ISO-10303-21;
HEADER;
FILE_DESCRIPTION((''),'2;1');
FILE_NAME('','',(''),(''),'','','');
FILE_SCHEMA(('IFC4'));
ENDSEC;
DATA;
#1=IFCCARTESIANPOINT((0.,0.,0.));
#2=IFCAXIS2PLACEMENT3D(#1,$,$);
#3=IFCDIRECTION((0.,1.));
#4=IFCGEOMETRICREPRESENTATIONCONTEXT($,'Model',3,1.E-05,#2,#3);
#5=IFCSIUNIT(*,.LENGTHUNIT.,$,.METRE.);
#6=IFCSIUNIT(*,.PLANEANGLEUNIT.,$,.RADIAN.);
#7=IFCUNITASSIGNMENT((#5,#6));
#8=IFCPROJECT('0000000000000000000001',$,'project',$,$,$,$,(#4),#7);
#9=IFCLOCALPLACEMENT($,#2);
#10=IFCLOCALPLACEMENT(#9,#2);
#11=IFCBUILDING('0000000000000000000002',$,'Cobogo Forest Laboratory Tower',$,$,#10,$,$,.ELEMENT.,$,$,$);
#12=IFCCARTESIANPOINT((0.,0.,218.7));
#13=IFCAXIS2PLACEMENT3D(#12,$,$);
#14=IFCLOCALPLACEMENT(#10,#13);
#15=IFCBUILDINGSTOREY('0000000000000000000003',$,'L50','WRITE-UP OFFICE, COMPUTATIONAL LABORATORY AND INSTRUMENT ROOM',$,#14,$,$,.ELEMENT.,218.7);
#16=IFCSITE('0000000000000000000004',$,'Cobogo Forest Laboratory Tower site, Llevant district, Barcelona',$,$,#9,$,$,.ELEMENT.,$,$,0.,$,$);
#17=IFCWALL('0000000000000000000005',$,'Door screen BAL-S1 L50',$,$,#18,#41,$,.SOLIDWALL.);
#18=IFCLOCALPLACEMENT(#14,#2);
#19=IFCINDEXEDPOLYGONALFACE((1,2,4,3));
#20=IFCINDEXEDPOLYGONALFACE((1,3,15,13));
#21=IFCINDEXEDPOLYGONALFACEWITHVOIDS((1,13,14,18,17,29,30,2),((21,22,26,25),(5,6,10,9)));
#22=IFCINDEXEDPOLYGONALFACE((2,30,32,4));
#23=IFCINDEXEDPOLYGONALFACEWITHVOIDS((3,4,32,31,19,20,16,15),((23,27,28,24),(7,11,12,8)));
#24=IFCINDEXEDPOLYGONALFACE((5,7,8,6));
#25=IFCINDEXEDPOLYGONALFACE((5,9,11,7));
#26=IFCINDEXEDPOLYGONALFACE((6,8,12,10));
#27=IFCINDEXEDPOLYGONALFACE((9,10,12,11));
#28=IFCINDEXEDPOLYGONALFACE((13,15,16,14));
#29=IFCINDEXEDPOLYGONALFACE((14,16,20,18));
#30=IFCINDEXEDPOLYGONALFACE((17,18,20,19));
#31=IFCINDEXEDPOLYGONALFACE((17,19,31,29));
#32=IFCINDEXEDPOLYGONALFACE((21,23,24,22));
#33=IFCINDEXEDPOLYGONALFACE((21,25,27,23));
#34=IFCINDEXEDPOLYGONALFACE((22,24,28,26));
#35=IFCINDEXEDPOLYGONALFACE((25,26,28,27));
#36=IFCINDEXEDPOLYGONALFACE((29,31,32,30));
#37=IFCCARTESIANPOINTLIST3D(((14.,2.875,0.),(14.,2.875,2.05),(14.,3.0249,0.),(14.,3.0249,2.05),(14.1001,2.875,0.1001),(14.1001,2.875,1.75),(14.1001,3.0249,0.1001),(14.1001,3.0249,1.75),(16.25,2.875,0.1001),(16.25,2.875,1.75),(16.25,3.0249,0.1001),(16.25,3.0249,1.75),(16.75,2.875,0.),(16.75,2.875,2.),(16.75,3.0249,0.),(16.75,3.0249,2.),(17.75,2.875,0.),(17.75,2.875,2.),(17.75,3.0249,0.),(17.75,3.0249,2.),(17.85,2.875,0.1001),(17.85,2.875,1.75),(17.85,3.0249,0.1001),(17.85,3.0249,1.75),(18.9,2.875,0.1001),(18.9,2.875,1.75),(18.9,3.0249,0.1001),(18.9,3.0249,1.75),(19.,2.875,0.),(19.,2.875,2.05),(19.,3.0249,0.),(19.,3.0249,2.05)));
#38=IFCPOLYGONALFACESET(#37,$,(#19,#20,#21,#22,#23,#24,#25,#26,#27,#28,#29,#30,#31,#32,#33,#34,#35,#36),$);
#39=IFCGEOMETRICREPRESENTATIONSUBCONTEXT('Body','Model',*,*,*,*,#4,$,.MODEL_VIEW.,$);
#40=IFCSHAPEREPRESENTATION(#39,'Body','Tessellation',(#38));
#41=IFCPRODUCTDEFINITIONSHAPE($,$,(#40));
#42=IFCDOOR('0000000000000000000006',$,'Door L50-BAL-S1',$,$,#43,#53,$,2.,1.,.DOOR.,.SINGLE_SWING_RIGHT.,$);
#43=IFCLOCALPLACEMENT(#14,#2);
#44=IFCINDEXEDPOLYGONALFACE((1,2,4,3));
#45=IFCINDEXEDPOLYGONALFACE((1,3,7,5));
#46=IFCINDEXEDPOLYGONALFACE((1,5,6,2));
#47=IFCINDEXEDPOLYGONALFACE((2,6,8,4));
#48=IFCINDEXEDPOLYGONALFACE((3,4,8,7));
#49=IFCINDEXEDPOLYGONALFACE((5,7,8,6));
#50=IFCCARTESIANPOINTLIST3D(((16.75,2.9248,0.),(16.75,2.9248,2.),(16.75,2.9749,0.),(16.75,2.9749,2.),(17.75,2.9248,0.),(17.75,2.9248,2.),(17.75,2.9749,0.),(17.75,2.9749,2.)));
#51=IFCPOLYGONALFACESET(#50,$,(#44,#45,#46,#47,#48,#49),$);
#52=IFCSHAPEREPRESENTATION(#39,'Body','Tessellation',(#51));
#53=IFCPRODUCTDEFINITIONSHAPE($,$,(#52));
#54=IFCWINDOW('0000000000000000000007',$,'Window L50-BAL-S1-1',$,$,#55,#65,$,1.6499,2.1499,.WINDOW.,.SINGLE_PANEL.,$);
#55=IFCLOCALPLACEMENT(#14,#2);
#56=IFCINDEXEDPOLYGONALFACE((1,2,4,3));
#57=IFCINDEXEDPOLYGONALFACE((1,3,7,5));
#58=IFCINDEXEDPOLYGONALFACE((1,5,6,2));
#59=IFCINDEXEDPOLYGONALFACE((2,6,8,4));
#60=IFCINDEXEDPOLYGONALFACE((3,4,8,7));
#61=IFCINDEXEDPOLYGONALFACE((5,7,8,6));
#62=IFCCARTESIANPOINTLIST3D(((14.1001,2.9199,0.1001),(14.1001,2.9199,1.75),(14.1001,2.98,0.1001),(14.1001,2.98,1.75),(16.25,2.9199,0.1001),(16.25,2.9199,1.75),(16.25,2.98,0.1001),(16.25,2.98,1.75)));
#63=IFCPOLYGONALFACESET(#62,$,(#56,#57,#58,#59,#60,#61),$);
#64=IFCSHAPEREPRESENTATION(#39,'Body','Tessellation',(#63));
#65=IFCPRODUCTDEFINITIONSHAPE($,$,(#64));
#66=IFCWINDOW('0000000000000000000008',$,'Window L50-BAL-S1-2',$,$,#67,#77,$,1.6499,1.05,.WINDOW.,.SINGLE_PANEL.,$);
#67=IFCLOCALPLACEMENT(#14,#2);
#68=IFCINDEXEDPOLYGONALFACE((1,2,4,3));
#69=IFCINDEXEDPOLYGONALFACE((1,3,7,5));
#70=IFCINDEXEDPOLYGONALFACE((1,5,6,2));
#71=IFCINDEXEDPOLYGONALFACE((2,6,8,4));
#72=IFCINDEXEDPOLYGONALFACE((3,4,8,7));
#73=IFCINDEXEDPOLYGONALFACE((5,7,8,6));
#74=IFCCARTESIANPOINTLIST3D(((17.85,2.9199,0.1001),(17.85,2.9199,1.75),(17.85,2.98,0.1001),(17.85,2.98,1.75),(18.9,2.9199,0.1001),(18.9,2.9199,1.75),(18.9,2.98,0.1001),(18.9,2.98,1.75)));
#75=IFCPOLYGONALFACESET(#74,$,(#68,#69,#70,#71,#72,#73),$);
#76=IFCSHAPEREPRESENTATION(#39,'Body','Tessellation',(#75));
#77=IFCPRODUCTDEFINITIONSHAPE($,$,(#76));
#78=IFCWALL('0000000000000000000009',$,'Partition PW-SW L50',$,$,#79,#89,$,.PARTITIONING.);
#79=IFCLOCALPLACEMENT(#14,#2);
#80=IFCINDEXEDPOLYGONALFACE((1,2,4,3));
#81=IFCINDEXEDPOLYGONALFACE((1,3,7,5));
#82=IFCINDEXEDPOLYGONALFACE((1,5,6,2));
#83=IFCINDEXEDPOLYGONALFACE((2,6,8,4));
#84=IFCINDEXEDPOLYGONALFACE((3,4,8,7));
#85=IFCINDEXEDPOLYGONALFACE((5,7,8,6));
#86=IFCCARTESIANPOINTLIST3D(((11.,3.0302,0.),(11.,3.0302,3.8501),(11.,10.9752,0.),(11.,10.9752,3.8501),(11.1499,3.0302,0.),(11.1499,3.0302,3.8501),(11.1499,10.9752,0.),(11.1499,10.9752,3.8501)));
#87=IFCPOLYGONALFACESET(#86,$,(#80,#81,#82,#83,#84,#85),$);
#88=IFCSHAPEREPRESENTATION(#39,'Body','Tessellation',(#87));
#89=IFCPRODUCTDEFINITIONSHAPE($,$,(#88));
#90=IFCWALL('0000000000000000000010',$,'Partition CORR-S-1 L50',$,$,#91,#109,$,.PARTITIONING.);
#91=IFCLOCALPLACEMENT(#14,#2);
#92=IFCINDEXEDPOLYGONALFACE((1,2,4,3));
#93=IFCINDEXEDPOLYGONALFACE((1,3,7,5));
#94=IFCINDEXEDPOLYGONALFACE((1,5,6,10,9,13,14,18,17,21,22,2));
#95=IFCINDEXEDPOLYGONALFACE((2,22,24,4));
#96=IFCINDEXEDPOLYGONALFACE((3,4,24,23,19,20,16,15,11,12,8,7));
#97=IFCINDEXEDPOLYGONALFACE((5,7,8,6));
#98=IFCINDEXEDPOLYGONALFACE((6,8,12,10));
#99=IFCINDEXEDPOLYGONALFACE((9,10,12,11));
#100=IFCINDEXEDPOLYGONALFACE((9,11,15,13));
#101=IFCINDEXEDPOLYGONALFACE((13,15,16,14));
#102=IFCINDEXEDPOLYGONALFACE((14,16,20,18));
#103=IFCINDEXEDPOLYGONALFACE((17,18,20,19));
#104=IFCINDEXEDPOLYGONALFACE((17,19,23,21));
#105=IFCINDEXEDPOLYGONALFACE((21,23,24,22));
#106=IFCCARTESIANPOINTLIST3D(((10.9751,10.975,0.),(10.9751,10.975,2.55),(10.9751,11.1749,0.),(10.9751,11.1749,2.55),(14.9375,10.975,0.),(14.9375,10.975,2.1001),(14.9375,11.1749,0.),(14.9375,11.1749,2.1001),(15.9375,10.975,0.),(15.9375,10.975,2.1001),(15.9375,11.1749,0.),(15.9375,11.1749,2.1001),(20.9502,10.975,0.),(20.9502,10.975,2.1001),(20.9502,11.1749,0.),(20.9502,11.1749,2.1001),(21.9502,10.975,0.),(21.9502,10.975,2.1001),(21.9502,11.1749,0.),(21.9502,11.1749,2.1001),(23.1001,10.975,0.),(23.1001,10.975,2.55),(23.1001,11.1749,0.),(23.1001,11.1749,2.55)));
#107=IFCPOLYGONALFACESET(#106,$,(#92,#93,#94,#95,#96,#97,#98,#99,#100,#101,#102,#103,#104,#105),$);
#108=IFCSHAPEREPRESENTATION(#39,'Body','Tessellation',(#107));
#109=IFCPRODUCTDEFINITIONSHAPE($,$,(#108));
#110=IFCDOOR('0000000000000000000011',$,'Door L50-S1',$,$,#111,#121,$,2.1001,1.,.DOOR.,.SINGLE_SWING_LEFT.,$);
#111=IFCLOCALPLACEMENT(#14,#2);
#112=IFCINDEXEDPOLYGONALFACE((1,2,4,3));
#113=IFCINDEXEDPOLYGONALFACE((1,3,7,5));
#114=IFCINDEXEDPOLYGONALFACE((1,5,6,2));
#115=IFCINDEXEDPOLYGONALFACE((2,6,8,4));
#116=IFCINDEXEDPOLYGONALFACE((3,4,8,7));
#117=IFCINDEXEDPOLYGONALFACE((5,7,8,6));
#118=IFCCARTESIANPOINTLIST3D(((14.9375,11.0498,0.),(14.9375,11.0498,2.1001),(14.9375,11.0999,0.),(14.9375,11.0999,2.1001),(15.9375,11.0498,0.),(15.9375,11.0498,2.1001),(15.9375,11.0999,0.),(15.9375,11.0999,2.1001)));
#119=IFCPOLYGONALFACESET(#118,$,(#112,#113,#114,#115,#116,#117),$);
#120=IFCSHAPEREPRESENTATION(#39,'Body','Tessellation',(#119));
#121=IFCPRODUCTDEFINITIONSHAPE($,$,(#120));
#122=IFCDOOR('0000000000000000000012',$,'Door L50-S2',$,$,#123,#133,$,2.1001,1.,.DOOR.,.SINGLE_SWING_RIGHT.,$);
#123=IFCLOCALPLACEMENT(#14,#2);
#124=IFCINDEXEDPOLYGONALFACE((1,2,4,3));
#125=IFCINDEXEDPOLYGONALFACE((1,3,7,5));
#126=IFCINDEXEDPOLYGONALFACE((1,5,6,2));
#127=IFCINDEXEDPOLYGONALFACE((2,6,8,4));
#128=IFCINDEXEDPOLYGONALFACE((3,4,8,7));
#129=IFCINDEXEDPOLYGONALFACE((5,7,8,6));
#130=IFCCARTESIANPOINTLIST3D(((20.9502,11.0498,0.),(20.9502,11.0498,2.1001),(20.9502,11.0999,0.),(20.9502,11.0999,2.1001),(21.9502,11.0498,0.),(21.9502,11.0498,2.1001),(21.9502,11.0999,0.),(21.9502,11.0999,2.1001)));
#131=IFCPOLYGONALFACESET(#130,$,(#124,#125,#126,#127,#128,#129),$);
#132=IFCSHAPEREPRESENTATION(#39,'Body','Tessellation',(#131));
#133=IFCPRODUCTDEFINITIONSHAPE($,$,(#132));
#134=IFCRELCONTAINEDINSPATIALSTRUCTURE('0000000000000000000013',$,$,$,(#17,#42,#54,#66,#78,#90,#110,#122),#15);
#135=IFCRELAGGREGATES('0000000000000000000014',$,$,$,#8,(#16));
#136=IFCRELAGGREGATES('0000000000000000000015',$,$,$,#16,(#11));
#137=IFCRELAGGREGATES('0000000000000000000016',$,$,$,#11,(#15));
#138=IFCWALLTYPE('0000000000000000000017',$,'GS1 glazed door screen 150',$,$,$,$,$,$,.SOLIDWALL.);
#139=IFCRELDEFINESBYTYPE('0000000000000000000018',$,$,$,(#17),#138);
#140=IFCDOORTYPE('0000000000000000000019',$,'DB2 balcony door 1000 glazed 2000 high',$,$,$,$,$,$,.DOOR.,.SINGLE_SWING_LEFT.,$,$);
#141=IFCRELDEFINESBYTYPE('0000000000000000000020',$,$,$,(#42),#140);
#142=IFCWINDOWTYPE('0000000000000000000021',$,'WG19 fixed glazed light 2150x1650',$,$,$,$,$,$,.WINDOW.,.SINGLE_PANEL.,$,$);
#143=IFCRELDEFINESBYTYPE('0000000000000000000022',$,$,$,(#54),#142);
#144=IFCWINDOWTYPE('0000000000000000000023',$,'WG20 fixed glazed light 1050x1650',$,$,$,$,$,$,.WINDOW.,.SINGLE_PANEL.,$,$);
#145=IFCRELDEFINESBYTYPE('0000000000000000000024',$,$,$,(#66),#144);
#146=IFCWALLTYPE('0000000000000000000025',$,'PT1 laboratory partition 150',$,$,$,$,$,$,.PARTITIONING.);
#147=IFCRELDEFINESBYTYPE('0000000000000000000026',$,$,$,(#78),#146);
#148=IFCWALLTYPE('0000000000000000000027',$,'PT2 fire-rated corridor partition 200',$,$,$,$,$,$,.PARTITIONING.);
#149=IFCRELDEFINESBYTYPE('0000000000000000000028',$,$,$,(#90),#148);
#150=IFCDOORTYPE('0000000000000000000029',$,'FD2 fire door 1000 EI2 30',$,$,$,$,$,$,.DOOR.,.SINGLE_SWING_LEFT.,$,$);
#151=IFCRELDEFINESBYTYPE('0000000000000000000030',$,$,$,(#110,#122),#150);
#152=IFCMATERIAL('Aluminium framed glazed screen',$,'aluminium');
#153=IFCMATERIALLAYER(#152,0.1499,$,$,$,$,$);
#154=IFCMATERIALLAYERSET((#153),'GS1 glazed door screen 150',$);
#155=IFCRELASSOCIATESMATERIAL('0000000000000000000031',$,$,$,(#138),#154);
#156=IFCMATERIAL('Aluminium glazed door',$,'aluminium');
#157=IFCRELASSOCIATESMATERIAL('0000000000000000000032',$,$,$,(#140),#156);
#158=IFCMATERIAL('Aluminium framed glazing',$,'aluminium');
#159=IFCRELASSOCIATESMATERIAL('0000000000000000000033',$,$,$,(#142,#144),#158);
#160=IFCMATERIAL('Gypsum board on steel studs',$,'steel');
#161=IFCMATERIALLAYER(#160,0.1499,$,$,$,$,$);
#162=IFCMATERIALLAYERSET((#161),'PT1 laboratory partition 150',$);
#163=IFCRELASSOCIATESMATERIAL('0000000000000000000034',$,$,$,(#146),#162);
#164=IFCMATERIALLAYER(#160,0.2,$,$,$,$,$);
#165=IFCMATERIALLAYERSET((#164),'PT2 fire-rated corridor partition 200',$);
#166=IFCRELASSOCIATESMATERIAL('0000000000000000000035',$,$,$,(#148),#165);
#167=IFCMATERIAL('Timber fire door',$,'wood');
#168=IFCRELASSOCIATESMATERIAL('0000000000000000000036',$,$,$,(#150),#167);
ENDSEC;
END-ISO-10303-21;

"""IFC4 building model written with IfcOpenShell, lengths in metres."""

from ifc_helpers import new_model, si_unit, direction, frame, frame_2d, origin, place, context, subcontext, project, spatial, rectangle, extrude, material, layer, layer_set, type_object, element, fill, save


model = new_model("IFC4")

# Units and contexts
model_context = context("Model", 3, precision=1e-05, world=origin(), true_north=direction((0.0, 1.0)))
body_context = subcontext(model_context, "Body", "Model", "MODEL_VIEW")
ifc_project = project(units=[si_unit("LENGTHUNIT", "METRE"), si_unit("PLANEANGLEUNIT", "RADIAN")], contexts=[model_context])

# Site, building, storey
site_placement = place(None, origin())
site = spatial("IfcSite", under=ifc_project, at=site_placement, Name="Cobogo Forest Laboratory Tower site, Llevant district, Barcelona", CompositionType="ELEMENT", RefElevation=0.0)
building_placement = place(site_placement, origin())
building = spatial("IfcBuilding", under=site, at=building_placement, Name="Cobogo Forest Laboratory Tower", CompositionType="ELEMENT")
storey_placement = place(building_placement, frame((0.0, 0.0, 218.7)))
storey = spatial("IfcBuildingStorey", under=building, at=storey_placement, Name="L50", Description="WRITE-UP OFFICE, COMPUTATIONAL LABORATORY AND INSTRUMENT ROOM", CompositionType="ELEMENT", Elevation=218.7)

# Wall, openings, door, windows
ifc_material_1 = material(Name="Aluminium framed glazed screen", Category="aluminium")
ifc_layer_1 = layer(ifc_material_1, 0.1499)
ifc_layer_set_1 = layer_set([ifc_layer_1], Name="GS1 glazed door screen 150")
wall_type_1 = type_object("IfcWallType", Name="GS1 glazed door screen 150", PredefinedType="SOLIDWALL", material=ifc_layer_set_1)
wall_1_placement = place(storey_placement, frame((14.0, 2.95, 0.0), z_axis=(0.0, 0.0, 1.0), x_axis=(1.0, 0.0, 0.0)))
wall_1 = element("IfcWall", 1, at=wall_1_placement, inside=storey, type_object=wall_type_1, Name="Door screen BAL-S1 L50", PredefinedType="SOLIDWALL", context=body_context, shape_type="SweptSolid", body=[
    extrude(rectangle(XDim=5.0, YDim=0.1499, at=frame_2d((2.5, 0.0))), origin(), (0.0, 0.0, 1.0), 2.05),
])
opening_1_placement = place(wall_1_placement, frame((2.75, 0.0, 0.0)))
opening_1 = element("IfcOpeningElement", 2, at=opening_1_placement, cuts=wall_1, PredefinedType="OPENING", context=body_context, shape_type="SweptSolid", body=[
    extrude(rectangle(XDim=1.0, YDim=2.0, at=frame_2d((0.5, 1.0))), frame((0.0, 0.085, 0.0), z_axis=(0.0, -1.0, 0.0), x_axis=(1.0, 0.0, 0.0)), (0.0, 0.0, 1.0), 0.1699),
])
opening_2_placement = place(wall_1_placement, frame((0.1001, 0.0, 0.1001)))
opening_2 = element("IfcOpeningElement", 3, at=opening_2_placement, cuts=wall_1, PredefinedType="OPENING", context=body_context, shape_type="SweptSolid", body=[
    extrude(rectangle(XDim=2.1499, YDim=1.6499, at=frame_2d((1.075, 0.825))), frame((0.0, 0.085, 0.0), z_axis=(0.0, -1.0, 0.0), x_axis=(1.0, 0.0, 0.0)), (0.0, 0.0, 1.0), 0.1699),
])
opening_3_placement = place(wall_1_placement, frame((3.8501, 0.0, 0.1001)))
opening_3 = element("IfcOpeningElement", 4, at=opening_3_placement, cuts=wall_1, PredefinedType="OPENING", context=body_context, shape_type="SweptSolid", body=[
    extrude(rectangle(XDim=1.05, YDim=1.6499, at=frame_2d((0.5249, 0.825))), frame((0.0, 0.085, 0.0), z_axis=(0.0, -1.0, 0.0), x_axis=(1.0, 0.0, 0.0)), (0.0, 0.0, 1.0), 0.1699),
])
ifc_material_2 = material(Name="Aluminium glazed door", Category="aluminium")
door_type_1 = type_object("IfcDoorType", Name="DB2 balcony door 1000 glazed 2000 high", OperationType="SINGLE_SWING_LEFT", PredefinedType="DOOR", material=ifc_material_2)
door_1_placement = place(opening_1_placement, origin())
door_1 = element("IfcDoor", 5, at=door_1_placement, inside=storey, type_object=door_type_1, Name="Door L50-BAL-S1", OperationType="SINGLE_SWING_RIGHT", OverallHeight=2.0, OverallWidth=1.0, PredefinedType="DOOR", context=body_context, shape_type="SweptSolid", body=[
    extrude(rectangle(XDim=1.0, YDim=2.0, at=frame_2d((0.5, 1.0))), frame((0.0, 0.0249, 0.0), z_axis=(0.0, -1.0, 0.0), x_axis=(1.0, 0.0, 0.0)), (0.0, 0.0, 1.0), 0.05),
])
fill(opening_1, door_1)
ifc_material_3 = material(Name="Aluminium framed glazing", Category="aluminium")
window_type_1 = type_object("IfcWindowType", Name="WG19 fixed glazed light 2150x1650", PartitioningType="SINGLE_PANEL", PredefinedType="WINDOW", material=ifc_material_3)
window_1_placement = place(opening_2_placement, origin())
window_1 = element("IfcWindow", 6, at=window_1_placement, inside=storey, type_object=window_type_1, Name="Window L50-BAL-S1-1", OverallHeight=1.6499, OverallWidth=2.1499, PartitioningType="SINGLE_PANEL", PredefinedType="WINDOW", context=body_context, shape_type="SweptSolid", body=[
    extrude(rectangle(XDim=2.1499, YDim=1.6499, at=frame_2d((1.075, 0.825))), frame((0.0, 0.03, 0.0), z_axis=(0.0, -1.0, 0.0), x_axis=(1.0, 0.0, 0.0)), (0.0, 0.0, 1.0), 0.0601),
])
fill(opening_2, window_1)
window_type_2 = type_object("IfcWindowType", Name="WG20 fixed glazed light 1050x1650", PartitioningType="SINGLE_PANEL", PredefinedType="WINDOW", material=ifc_material_3)
window_2_placement = place(opening_3_placement, origin())
window_2 = element("IfcWindow", 7, at=window_2_placement, inside=storey, type_object=window_type_2, Name="Window L50-BAL-S1-2", OverallHeight=1.6499, OverallWidth=1.05, PartitioningType="SINGLE_PANEL", PredefinedType="WINDOW", context=body_context, shape_type="SweptSolid", body=[
    extrude(rectangle(XDim=1.05, YDim=1.6499, at=frame_2d((0.5249, 0.825))), frame((0.0, 0.03, 0.0), z_axis=(0.0, -1.0, 0.0), x_axis=(1.0, 0.0, 0.0)), (0.0, 0.0, 1.0), 0.0601),
])
fill(opening_3, window_2)

# Wall
ifc_material_4 = material(Name="Gypsum board on steel studs", Category="steel")
ifc_layer_2 = layer(ifc_material_4, 0.1499)
ifc_layer_set_2 = layer_set([ifc_layer_2], Name="PT1 laboratory partition 150")
wall_type_2 = type_object("IfcWallType", Name="PT1 laboratory partition 150", PredefinedType="PARTITIONING", material=ifc_layer_set_2)
wall_2_placement = place(storey_placement, frame((11.075, 3.03, 0.0), z_axis=(0.0, 0.0, 1.0), x_axis=(0.0, 1.0, 0.0)))
element("IfcWall", 8, at=wall_2_placement, inside=storey, type_object=wall_type_2, Name="Partition PW-SW L50", PredefinedType="PARTITIONING", context=body_context, shape_type="SweptSolid", body=[
    extrude(rectangle(XDim=7.9451, YDim=0.1499, at=frame_2d((3.9727, 0.0))), origin(), (0.0, 0.0, 1.0), 3.8501),
])

# Wall, openings, doors
ifc_layer_3 = layer(ifc_material_4, 0.2)
ifc_layer_set_3 = layer_set([ifc_layer_3], Name="PT2 fire-rated corridor partition 200")
wall_type_3 = type_object("IfcWallType", Name="PT2 fire-rated corridor partition 200", PredefinedType="PARTITIONING", material=ifc_layer_set_3)
wall_3_placement = place(storey_placement, frame((10.9751, 11.075, 0.0), z_axis=(0.0, 0.0, 1.0), x_axis=(1.0, 0.0, 0.0)))
wall_3 = element("IfcWall", 9, at=wall_3_placement, inside=storey, type_object=wall_type_3, Name="Partition CORR-S-1 L50", PredefinedType="PARTITIONING", context=body_context, shape_type="SweptSolid", body=[
    extrude(rectangle(XDim=12.125, YDim=0.2, at=frame_2d((6.0625, 0.0))), origin(), (0.0, 0.0, 1.0), 2.55),
])
opening_4_placement = place(wall_3_placement, frame((3.9624, 0.0, 0.0)))
opening_4 = element("IfcOpeningElement", 10, at=opening_4_placement, cuts=wall_3, PredefinedType="OPENING", context=body_context, shape_type="SweptSolid", body=[
    extrude(rectangle(XDim=1.0, YDim=2.1001, at=frame_2d((0.5, 1.05))), frame((0.0, 0.1099, 0.0), z_axis=(0.0, -1.0, 0.0), x_axis=(1.0, 0.0, 0.0)), (0.0, 0.0, 1.0), 0.22),
])
opening_5_placement = place(wall_3_placement, frame((9.9751, 0.0, 0.0)))
opening_5 = element("IfcOpeningElement", 11, at=opening_5_placement, cuts=wall_3, PredefinedType="OPENING", context=body_context, shape_type="SweptSolid", body=[
    extrude(rectangle(XDim=1.0, YDim=2.1001, at=frame_2d((0.5, 1.05))), frame((0.0, 0.1099, 0.0), z_axis=(0.0, -1.0, 0.0), x_axis=(1.0, 0.0, 0.0)), (0.0, 0.0, 1.0), 0.22),
])
ifc_material_5 = material(Name="Timber fire door", Category="wood")
door_type_2 = type_object("IfcDoorType", Name="FD2 fire door 1000 EI2 30", OperationType="SINGLE_SWING_LEFT", PredefinedType="DOOR", material=ifc_material_5)
door_2_placement = place(opening_4_placement, origin())
door_2 = element("IfcDoor", 12, at=door_2_placement, inside=storey, type_object=door_type_2, Name="Door L50-S1", OperationType="SINGLE_SWING_LEFT", OverallHeight=2.1001, OverallWidth=1.0, PredefinedType="DOOR", context=body_context, shape_type="SweptSolid", body=[
    extrude(rectangle(XDim=1.0, YDim=2.1001, at=frame_2d((0.5, 1.05))), frame((0.0, 0.0249, 0.0), z_axis=(0.0, -1.0, 0.0), x_axis=(1.0, 0.0, 0.0)), (0.0, 0.0, 1.0), 0.05),
])
fill(opening_4, door_2)
door_3_placement = place(opening_5_placement, origin())
door_3 = element("IfcDoor", 13, at=door_3_placement, inside=storey, type_object=door_type_2, Name="Door L50-S2", OperationType="SINGLE_SWING_RIGHT", OverallHeight=2.1001, OverallWidth=1.0, PredefinedType="DOOR", context=body_context, shape_type="SweptSolid", body=[
    extrude(rectangle(XDim=1.0, YDim=2.1001, at=frame_2d((0.5, 1.05))), frame((0.0, 0.0249, 0.0), z_axis=(0.0, -1.0, 0.0), x_axis=(1.0, 0.0, 0.0)), (0.0, 0.0, 1.0), 0.05),
])
fill(opening_5, door_3)

save(model, "model.ifc")
